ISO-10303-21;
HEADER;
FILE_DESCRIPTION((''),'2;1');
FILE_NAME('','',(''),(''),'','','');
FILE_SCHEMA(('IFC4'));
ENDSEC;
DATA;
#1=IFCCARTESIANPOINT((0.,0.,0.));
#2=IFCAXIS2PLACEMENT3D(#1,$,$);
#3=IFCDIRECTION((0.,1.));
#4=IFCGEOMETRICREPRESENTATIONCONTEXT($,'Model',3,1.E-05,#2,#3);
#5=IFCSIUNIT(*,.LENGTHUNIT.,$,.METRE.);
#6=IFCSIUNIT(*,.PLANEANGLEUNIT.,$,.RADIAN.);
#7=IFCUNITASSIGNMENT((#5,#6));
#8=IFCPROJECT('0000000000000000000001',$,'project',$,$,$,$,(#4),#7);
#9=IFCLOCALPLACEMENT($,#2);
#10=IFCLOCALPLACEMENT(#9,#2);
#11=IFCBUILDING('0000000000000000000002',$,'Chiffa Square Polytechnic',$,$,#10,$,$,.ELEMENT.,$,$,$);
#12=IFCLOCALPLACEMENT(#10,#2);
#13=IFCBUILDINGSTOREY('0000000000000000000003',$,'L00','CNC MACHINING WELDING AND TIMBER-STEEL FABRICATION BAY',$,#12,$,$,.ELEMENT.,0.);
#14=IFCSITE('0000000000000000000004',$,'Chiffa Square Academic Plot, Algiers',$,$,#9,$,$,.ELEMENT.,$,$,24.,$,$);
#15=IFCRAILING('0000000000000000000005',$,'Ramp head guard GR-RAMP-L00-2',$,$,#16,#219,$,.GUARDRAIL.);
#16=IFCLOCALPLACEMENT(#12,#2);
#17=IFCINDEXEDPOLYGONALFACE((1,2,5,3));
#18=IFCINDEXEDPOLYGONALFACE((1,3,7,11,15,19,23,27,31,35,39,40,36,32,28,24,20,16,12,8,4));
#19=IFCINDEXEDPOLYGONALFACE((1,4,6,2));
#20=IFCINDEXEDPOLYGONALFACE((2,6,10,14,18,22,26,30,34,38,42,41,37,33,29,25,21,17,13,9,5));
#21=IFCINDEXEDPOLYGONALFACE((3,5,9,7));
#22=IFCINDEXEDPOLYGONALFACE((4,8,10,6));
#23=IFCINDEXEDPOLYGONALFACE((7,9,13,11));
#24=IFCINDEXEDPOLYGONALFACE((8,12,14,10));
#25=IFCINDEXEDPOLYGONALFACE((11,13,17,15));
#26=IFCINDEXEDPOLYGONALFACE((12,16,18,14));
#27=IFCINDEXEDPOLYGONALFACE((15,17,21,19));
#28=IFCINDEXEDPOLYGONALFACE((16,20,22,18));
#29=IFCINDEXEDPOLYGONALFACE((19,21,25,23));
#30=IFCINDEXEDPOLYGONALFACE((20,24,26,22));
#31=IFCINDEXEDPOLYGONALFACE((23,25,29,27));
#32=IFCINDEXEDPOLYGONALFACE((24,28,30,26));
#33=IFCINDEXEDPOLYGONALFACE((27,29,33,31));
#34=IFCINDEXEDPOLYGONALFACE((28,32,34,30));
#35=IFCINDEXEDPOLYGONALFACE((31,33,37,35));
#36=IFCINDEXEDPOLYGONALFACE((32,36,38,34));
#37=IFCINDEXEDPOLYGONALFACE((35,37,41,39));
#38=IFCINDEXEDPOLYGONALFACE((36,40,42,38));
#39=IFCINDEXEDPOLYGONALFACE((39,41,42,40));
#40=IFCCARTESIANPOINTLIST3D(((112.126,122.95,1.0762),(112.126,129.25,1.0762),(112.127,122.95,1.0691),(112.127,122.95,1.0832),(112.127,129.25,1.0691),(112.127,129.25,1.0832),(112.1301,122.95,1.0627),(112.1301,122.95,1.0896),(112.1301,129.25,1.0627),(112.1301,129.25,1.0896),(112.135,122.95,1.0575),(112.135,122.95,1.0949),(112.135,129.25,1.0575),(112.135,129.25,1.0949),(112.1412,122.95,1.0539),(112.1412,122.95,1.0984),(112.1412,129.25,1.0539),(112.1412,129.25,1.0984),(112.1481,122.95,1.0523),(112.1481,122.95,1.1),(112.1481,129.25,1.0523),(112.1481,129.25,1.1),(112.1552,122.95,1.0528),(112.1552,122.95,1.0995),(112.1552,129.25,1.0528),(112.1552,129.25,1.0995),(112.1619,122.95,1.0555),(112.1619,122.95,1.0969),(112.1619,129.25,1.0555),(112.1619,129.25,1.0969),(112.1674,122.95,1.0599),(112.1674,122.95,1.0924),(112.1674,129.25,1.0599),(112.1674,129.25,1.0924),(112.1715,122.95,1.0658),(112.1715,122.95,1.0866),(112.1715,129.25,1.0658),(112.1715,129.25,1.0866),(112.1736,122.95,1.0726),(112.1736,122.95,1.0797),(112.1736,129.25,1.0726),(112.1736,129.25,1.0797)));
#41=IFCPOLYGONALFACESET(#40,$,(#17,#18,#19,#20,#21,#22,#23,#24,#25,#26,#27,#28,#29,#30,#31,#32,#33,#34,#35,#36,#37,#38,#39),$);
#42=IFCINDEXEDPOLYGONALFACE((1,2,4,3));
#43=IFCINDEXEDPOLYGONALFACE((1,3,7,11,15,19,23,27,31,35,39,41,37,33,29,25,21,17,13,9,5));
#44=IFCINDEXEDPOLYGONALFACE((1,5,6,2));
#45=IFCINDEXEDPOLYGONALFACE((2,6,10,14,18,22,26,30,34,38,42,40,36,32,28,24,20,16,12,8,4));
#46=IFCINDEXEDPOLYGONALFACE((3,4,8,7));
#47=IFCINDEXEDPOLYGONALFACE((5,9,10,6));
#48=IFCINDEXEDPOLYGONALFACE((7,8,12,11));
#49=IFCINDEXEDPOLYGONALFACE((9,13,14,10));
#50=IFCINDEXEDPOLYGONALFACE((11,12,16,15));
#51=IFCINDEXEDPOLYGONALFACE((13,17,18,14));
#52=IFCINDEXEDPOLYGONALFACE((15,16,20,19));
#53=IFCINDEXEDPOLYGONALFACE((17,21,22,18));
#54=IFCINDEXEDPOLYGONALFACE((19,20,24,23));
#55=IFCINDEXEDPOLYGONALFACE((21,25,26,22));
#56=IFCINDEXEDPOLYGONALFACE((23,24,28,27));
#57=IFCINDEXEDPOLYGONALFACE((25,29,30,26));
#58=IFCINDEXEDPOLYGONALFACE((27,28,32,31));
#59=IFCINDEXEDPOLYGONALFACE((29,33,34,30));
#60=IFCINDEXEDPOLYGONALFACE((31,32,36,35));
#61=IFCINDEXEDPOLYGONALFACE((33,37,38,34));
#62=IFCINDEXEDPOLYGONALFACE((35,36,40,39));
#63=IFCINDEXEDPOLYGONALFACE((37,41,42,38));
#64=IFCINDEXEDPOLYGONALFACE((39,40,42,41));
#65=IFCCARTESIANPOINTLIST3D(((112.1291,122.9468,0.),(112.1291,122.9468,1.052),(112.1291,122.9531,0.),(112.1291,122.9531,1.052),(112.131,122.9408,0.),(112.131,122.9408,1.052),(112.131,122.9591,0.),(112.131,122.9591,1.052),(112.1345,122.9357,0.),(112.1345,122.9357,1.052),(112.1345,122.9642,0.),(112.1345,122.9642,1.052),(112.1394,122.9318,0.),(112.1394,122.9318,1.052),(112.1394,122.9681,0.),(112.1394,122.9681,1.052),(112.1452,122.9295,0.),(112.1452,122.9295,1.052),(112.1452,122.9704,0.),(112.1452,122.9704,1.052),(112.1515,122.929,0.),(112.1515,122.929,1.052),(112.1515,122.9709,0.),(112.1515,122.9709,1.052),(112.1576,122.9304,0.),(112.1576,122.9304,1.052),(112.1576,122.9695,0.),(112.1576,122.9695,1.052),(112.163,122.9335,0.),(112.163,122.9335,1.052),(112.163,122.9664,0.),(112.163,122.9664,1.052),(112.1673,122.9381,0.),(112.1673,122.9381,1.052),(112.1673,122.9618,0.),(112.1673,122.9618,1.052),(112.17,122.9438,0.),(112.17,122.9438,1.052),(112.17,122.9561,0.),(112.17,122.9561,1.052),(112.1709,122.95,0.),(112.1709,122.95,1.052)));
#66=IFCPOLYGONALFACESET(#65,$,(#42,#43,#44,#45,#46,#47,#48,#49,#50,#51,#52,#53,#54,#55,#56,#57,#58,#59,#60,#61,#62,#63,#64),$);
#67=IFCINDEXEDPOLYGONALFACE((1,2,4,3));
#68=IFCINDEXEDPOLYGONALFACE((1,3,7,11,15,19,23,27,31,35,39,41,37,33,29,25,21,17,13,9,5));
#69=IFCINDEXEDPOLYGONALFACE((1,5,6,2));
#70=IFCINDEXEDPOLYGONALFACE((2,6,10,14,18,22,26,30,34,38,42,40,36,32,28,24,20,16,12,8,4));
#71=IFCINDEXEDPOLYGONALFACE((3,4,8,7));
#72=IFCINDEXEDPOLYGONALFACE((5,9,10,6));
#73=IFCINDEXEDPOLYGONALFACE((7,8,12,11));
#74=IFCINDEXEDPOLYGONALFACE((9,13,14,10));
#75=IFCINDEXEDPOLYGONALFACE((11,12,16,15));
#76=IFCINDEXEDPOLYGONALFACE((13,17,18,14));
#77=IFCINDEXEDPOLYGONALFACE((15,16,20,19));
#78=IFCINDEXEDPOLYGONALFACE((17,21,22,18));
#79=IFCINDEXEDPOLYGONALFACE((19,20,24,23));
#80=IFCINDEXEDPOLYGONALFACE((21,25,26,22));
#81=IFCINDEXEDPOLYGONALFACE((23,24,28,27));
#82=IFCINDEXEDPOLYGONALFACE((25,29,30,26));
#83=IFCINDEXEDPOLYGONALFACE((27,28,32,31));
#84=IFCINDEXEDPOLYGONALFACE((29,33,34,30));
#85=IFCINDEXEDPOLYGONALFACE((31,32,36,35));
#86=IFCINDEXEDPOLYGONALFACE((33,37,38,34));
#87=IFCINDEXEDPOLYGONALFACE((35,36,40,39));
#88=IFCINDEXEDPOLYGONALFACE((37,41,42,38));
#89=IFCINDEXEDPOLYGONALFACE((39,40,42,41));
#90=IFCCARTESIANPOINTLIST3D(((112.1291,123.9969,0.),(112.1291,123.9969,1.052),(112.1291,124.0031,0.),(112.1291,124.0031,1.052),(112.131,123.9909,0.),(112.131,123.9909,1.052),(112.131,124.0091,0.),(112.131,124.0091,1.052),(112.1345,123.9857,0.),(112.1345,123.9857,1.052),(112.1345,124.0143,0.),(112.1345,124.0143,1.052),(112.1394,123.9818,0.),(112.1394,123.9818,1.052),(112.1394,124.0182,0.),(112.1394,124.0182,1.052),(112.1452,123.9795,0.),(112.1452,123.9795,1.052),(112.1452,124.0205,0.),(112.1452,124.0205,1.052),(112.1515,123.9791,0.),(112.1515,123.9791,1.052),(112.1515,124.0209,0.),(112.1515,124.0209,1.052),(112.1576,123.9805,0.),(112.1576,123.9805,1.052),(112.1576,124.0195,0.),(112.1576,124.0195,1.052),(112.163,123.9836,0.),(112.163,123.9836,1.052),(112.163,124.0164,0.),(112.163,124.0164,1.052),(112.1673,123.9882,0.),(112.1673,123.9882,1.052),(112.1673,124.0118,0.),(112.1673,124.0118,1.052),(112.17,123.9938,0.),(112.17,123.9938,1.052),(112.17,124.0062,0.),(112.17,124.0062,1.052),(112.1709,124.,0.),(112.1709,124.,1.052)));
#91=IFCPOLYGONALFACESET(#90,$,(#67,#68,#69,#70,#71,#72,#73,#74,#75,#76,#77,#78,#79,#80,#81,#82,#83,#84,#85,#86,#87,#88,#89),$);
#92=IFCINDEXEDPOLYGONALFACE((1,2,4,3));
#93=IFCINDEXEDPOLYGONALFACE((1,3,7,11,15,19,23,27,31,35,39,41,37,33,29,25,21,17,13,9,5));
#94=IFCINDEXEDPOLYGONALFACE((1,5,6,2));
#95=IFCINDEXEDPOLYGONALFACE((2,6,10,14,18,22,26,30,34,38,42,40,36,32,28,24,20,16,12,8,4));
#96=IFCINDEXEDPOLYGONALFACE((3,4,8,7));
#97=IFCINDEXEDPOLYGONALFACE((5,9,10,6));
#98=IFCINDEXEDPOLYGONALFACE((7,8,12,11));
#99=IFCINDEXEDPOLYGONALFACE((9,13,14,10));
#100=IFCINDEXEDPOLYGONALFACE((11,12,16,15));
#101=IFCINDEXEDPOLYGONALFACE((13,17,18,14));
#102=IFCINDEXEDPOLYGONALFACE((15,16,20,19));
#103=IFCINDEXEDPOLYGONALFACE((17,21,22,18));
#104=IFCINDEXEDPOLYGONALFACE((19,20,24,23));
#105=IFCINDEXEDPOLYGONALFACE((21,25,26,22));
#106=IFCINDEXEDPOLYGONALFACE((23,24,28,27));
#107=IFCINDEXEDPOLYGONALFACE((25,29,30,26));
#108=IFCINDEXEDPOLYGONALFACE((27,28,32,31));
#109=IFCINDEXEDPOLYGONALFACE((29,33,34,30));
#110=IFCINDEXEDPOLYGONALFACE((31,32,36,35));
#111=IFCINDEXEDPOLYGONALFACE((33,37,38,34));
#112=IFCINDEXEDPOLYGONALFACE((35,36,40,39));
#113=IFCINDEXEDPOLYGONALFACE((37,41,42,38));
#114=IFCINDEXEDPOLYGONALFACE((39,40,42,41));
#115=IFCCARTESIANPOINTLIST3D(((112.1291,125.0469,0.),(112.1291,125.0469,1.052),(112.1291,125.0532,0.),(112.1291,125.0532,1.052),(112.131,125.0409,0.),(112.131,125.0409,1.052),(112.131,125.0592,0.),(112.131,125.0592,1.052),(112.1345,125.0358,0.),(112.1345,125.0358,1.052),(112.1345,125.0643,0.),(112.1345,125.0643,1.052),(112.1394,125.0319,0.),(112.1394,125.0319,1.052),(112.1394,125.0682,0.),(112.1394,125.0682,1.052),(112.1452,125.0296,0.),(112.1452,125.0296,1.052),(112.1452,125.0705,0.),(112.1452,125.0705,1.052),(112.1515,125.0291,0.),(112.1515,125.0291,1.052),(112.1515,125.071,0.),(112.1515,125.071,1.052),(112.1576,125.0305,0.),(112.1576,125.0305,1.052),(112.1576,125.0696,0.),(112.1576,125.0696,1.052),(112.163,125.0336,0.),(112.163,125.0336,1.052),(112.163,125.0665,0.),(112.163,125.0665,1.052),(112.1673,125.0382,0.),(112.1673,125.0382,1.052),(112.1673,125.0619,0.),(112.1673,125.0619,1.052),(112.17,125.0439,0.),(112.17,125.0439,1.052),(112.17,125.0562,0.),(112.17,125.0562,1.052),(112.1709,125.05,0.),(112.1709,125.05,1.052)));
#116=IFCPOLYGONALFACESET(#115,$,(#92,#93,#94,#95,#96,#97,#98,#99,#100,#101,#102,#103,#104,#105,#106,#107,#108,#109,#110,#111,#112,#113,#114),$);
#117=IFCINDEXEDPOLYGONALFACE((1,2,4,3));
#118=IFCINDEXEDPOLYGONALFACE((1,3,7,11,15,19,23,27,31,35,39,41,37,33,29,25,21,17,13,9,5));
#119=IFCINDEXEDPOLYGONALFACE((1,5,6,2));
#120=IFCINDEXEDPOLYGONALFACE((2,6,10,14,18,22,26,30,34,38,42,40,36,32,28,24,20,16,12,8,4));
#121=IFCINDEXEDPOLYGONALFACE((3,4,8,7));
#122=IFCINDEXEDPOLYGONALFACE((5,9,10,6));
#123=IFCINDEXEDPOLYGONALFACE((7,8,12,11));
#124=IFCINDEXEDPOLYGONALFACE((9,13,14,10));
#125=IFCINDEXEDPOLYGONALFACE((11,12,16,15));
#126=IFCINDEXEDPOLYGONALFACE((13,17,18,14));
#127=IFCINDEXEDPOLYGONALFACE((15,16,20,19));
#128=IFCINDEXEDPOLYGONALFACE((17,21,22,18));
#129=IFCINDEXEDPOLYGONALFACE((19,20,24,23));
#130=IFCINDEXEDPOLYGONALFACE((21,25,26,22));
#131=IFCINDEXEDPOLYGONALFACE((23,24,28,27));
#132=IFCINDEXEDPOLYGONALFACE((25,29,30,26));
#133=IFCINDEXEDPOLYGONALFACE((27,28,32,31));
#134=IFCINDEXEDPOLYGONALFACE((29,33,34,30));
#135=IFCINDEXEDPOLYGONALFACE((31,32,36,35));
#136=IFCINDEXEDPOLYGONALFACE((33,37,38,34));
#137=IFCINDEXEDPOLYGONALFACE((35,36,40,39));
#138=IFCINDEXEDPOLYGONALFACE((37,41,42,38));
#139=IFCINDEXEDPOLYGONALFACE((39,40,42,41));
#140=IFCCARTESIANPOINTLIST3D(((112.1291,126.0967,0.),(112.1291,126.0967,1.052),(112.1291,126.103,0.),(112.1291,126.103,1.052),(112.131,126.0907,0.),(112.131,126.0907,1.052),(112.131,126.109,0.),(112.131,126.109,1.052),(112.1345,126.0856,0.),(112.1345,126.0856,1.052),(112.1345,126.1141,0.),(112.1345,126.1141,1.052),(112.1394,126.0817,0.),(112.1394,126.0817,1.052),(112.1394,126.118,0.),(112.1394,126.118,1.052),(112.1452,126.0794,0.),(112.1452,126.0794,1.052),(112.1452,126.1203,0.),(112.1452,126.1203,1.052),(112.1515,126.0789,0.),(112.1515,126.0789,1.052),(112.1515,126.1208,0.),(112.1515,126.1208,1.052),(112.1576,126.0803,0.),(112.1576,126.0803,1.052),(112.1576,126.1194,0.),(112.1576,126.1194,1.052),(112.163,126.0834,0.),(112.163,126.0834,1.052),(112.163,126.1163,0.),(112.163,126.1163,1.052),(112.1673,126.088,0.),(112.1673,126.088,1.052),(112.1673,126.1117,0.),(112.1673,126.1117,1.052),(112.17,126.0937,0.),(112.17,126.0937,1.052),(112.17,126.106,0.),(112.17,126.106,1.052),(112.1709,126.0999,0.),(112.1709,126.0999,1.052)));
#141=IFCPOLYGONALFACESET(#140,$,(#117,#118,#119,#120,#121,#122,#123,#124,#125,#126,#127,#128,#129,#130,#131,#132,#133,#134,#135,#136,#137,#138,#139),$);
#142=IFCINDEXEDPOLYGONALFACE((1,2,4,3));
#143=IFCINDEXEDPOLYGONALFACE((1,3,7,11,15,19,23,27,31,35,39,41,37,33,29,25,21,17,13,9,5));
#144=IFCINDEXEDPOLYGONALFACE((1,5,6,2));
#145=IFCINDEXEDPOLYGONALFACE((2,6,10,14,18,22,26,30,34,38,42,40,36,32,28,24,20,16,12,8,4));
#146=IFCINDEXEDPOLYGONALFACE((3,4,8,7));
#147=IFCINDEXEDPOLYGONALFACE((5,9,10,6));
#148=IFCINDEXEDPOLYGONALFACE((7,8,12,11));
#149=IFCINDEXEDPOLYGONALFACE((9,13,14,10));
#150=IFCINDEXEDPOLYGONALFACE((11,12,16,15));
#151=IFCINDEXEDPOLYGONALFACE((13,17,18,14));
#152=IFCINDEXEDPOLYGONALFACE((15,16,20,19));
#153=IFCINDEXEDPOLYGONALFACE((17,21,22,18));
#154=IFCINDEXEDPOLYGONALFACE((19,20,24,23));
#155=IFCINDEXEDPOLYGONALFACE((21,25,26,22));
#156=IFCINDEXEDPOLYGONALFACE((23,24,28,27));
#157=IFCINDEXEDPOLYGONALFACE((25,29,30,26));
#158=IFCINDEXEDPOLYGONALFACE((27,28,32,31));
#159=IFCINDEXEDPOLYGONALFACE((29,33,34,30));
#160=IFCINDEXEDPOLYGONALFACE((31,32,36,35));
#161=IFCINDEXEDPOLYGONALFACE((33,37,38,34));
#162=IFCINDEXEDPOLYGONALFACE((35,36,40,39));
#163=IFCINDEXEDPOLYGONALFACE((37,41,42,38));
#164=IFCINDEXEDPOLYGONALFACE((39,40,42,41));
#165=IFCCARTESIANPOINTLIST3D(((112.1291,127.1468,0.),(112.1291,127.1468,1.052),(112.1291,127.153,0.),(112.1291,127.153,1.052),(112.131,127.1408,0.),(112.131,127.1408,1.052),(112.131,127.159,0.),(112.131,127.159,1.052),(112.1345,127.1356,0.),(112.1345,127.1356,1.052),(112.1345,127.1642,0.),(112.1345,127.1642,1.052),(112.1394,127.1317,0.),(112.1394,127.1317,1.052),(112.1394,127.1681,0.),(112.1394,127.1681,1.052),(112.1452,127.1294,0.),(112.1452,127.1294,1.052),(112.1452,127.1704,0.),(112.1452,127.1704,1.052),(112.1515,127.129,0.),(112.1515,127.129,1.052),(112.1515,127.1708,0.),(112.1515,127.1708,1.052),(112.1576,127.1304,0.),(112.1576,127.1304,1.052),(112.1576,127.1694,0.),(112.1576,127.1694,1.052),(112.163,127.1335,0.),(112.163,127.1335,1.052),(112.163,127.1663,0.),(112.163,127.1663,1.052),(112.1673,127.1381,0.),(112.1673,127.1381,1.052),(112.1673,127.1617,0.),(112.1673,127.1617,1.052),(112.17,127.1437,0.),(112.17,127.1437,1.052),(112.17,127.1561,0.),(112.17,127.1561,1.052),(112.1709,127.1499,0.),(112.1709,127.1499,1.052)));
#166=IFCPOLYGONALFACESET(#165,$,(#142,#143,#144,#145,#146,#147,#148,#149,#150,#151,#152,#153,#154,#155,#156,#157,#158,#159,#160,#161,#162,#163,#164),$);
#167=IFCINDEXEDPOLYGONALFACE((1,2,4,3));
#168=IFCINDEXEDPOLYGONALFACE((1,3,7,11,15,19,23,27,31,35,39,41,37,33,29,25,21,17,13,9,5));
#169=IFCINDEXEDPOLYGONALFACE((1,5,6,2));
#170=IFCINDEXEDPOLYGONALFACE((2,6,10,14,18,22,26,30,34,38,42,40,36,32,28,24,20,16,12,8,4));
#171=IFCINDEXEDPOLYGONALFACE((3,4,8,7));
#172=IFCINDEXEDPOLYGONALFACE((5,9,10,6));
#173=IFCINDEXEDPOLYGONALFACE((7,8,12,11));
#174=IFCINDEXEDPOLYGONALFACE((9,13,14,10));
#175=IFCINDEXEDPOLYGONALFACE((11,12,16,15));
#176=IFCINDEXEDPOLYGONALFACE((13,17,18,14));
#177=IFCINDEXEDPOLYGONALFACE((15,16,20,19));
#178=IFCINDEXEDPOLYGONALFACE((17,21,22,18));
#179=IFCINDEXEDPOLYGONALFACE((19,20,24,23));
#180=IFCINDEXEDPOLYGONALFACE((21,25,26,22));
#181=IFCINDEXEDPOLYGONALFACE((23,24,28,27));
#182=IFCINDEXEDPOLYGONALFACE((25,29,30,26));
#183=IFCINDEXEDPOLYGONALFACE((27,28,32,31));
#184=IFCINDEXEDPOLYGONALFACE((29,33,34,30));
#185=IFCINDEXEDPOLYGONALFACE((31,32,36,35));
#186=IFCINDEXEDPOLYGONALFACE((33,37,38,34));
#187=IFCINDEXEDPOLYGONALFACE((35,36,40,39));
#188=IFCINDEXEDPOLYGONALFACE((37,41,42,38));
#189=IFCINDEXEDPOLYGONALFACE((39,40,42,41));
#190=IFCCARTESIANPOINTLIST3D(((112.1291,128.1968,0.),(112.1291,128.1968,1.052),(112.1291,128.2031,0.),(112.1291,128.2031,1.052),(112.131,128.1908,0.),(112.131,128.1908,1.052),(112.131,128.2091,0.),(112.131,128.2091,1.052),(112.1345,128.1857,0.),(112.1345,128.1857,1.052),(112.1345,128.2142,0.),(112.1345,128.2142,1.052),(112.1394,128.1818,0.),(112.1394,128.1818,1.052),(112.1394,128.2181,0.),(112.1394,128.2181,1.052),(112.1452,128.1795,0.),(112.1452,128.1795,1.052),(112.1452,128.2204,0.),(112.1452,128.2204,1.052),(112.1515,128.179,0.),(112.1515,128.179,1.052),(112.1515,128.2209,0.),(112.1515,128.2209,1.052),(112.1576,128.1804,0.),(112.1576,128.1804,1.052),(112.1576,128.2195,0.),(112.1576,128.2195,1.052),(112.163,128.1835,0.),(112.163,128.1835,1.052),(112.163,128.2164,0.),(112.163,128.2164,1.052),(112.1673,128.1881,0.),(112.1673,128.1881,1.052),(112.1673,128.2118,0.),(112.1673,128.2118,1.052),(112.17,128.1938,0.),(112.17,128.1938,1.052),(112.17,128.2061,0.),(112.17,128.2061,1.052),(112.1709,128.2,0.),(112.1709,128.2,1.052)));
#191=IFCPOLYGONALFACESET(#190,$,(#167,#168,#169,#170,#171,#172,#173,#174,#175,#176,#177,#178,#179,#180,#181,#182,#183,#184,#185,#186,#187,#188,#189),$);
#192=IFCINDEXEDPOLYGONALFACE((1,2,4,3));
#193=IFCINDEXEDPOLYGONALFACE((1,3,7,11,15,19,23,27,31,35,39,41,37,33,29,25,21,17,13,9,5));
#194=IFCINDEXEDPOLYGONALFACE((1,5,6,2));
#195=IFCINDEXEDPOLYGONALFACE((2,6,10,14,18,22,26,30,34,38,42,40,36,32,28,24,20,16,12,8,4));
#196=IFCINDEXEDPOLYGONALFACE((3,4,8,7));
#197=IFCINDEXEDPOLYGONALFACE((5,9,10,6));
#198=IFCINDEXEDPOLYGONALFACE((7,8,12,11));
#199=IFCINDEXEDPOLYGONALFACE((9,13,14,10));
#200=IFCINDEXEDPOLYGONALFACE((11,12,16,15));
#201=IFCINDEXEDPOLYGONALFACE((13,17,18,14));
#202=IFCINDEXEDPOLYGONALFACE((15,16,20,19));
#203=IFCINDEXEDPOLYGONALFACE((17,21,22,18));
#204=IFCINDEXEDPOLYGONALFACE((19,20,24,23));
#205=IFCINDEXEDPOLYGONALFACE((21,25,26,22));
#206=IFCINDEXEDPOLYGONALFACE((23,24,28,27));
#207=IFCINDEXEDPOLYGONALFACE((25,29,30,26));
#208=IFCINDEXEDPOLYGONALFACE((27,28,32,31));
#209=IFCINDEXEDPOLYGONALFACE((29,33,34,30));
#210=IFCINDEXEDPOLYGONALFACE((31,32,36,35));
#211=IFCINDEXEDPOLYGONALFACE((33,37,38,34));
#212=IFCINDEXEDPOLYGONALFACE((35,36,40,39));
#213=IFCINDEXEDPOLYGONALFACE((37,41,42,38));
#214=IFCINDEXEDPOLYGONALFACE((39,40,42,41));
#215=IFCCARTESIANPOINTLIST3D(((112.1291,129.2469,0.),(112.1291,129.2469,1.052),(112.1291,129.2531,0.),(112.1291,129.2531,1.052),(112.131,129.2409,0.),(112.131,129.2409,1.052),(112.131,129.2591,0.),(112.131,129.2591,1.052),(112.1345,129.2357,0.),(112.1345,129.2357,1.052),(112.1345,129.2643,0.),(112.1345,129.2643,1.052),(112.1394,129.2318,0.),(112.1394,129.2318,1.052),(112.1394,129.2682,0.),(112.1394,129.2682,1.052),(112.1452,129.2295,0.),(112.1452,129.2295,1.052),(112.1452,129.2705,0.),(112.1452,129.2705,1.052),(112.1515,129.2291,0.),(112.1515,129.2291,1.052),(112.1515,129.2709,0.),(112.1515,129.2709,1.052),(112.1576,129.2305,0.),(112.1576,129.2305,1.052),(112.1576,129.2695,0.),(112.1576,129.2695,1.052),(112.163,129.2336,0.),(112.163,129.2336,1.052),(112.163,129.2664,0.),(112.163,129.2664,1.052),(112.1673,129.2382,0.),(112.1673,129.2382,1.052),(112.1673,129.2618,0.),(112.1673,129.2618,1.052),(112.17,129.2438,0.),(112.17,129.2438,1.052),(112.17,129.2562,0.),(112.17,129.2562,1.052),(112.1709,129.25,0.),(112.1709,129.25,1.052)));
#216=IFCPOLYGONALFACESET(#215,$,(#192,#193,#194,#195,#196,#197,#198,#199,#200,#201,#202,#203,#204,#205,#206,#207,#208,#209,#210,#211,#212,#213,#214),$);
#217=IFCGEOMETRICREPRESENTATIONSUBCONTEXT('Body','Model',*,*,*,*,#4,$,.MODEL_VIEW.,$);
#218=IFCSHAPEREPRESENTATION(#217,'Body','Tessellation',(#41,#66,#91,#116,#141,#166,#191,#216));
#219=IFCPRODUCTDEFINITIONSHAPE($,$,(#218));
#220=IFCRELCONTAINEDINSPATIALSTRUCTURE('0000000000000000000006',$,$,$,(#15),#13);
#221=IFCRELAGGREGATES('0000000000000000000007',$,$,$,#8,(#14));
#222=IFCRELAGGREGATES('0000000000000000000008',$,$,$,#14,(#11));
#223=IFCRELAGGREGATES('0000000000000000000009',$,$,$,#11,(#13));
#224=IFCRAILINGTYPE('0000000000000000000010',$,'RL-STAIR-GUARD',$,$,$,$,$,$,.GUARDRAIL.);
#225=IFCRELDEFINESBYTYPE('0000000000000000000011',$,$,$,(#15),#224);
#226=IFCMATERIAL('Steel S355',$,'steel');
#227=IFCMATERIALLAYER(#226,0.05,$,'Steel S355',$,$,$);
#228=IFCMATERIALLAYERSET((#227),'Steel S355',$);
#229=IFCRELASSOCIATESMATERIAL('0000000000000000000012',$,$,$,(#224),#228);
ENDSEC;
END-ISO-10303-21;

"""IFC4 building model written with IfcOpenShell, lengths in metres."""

from ifc_helpers import new_model, si_unit, direction, frame, origin, origin_2d, place, context, subcontext, project, spatial, circle, extrude, material, layer, layer_set, type_object, element, save


model = new_model("IFC4")

# Units and contexts
model_context = context("Model", 3, precision=1e-05, world=origin(), true_north=direction((0.0, 1.0)))
body_context = subcontext(model_context, "Body", "Model", "MODEL_VIEW")
ifc_project = project(units=[si_unit("LENGTHUNIT", "METRE"), si_unit("PLANEANGLEUNIT", "RADIAN")], contexts=[model_context])

# Site, building, storey
site_placement = place(None, origin())
site = spatial("IfcSite", under=ifc_project, at=site_placement, Name="Chiffa Square Academic Plot, Algiers", CompositionType="ELEMENT", RefElevation=24.0)
building_placement = place(site_placement, origin())
building = spatial("IfcBuilding", under=site, at=building_placement, Name="Chiffa Square Polytechnic", CompositionType="ELEMENT")
storey_placement = place(building_placement, origin())
storey = spatial("IfcBuildingStorey", under=building, at=storey_placement, Name="L00", Description="CNC MACHINING WELDING AND TIMBER-STEEL FABRICATION BAY", CompositionType="ELEMENT", Elevation=0.0)

# Railing
ifc_material_1 = material(Name="Steel S355", Category="steel")
ifc_layer_1 = layer(ifc_material_1, 0.05, Name="Steel S355")
ifc_layer_set_1 = layer_set([ifc_layer_1], Name="Steel S355")
railing_type = type_object("IfcRailingType", Name="RL-STAIR-GUARD", PredefinedType="GUARDRAIL", material=ifc_layer_set_1)
railing_1_placement = place(storey_placement, frame((112.1499, 122.95, 0.0)))
element("IfcRailing", 1, at=railing_1_placement, inside=storey, type_object=railing_type, Name="Ramp head guard GR-RAMP-L00-2", PredefinedType="GUARDRAIL", context=body_context, shape_type="SweptSolid", body=[
    extrude(circle(Radius=0.0239, at=origin_2d()), frame((0.0, 0.0, 1.0762), z_axis=(0.0, 1.0, 0.0), x_axis=(-1.0, 0.0, 0.0)), (0.0, 0.0, 1.0), 6.3),
    extrude(circle(Radius=0.021, at=origin_2d()), origin(), (0.0, 0.0, 1.0), 1.052),
    extrude(circle(Radius=0.021, at=origin_2d()), frame((0.0, 1.05, 0.0)), (0.0, 0.0, 1.0), 1.052),
    extrude(circle(Radius=0.021, at=origin_2d()), frame((0.0, 2.1001, 0.0)), (0.0, 0.0, 1.0), 1.052),
    extrude(circle(Radius=0.021, at=origin_2d()), frame((0.0, 3.1499, 0.0)), (0.0, 0.0, 1.0), 1.052),
    extrude(circle(Radius=0.021, at=origin_2d()), frame((0.0, 4.2, 0.0)), (0.0, 0.0, 1.0), 1.052),
    extrude(circle(Radius=0.021, at=origin_2d()), frame((0.0, 5.25, 0.0)), (0.0, 0.0, 1.0), 1.052),
    extrude(circle(Radius=0.021, at=origin_2d()), frame((0.0, 6.3, 0.0)), (0.0, 0.0, 1.0), 1.052),
])

save(model, "model.ifc")
